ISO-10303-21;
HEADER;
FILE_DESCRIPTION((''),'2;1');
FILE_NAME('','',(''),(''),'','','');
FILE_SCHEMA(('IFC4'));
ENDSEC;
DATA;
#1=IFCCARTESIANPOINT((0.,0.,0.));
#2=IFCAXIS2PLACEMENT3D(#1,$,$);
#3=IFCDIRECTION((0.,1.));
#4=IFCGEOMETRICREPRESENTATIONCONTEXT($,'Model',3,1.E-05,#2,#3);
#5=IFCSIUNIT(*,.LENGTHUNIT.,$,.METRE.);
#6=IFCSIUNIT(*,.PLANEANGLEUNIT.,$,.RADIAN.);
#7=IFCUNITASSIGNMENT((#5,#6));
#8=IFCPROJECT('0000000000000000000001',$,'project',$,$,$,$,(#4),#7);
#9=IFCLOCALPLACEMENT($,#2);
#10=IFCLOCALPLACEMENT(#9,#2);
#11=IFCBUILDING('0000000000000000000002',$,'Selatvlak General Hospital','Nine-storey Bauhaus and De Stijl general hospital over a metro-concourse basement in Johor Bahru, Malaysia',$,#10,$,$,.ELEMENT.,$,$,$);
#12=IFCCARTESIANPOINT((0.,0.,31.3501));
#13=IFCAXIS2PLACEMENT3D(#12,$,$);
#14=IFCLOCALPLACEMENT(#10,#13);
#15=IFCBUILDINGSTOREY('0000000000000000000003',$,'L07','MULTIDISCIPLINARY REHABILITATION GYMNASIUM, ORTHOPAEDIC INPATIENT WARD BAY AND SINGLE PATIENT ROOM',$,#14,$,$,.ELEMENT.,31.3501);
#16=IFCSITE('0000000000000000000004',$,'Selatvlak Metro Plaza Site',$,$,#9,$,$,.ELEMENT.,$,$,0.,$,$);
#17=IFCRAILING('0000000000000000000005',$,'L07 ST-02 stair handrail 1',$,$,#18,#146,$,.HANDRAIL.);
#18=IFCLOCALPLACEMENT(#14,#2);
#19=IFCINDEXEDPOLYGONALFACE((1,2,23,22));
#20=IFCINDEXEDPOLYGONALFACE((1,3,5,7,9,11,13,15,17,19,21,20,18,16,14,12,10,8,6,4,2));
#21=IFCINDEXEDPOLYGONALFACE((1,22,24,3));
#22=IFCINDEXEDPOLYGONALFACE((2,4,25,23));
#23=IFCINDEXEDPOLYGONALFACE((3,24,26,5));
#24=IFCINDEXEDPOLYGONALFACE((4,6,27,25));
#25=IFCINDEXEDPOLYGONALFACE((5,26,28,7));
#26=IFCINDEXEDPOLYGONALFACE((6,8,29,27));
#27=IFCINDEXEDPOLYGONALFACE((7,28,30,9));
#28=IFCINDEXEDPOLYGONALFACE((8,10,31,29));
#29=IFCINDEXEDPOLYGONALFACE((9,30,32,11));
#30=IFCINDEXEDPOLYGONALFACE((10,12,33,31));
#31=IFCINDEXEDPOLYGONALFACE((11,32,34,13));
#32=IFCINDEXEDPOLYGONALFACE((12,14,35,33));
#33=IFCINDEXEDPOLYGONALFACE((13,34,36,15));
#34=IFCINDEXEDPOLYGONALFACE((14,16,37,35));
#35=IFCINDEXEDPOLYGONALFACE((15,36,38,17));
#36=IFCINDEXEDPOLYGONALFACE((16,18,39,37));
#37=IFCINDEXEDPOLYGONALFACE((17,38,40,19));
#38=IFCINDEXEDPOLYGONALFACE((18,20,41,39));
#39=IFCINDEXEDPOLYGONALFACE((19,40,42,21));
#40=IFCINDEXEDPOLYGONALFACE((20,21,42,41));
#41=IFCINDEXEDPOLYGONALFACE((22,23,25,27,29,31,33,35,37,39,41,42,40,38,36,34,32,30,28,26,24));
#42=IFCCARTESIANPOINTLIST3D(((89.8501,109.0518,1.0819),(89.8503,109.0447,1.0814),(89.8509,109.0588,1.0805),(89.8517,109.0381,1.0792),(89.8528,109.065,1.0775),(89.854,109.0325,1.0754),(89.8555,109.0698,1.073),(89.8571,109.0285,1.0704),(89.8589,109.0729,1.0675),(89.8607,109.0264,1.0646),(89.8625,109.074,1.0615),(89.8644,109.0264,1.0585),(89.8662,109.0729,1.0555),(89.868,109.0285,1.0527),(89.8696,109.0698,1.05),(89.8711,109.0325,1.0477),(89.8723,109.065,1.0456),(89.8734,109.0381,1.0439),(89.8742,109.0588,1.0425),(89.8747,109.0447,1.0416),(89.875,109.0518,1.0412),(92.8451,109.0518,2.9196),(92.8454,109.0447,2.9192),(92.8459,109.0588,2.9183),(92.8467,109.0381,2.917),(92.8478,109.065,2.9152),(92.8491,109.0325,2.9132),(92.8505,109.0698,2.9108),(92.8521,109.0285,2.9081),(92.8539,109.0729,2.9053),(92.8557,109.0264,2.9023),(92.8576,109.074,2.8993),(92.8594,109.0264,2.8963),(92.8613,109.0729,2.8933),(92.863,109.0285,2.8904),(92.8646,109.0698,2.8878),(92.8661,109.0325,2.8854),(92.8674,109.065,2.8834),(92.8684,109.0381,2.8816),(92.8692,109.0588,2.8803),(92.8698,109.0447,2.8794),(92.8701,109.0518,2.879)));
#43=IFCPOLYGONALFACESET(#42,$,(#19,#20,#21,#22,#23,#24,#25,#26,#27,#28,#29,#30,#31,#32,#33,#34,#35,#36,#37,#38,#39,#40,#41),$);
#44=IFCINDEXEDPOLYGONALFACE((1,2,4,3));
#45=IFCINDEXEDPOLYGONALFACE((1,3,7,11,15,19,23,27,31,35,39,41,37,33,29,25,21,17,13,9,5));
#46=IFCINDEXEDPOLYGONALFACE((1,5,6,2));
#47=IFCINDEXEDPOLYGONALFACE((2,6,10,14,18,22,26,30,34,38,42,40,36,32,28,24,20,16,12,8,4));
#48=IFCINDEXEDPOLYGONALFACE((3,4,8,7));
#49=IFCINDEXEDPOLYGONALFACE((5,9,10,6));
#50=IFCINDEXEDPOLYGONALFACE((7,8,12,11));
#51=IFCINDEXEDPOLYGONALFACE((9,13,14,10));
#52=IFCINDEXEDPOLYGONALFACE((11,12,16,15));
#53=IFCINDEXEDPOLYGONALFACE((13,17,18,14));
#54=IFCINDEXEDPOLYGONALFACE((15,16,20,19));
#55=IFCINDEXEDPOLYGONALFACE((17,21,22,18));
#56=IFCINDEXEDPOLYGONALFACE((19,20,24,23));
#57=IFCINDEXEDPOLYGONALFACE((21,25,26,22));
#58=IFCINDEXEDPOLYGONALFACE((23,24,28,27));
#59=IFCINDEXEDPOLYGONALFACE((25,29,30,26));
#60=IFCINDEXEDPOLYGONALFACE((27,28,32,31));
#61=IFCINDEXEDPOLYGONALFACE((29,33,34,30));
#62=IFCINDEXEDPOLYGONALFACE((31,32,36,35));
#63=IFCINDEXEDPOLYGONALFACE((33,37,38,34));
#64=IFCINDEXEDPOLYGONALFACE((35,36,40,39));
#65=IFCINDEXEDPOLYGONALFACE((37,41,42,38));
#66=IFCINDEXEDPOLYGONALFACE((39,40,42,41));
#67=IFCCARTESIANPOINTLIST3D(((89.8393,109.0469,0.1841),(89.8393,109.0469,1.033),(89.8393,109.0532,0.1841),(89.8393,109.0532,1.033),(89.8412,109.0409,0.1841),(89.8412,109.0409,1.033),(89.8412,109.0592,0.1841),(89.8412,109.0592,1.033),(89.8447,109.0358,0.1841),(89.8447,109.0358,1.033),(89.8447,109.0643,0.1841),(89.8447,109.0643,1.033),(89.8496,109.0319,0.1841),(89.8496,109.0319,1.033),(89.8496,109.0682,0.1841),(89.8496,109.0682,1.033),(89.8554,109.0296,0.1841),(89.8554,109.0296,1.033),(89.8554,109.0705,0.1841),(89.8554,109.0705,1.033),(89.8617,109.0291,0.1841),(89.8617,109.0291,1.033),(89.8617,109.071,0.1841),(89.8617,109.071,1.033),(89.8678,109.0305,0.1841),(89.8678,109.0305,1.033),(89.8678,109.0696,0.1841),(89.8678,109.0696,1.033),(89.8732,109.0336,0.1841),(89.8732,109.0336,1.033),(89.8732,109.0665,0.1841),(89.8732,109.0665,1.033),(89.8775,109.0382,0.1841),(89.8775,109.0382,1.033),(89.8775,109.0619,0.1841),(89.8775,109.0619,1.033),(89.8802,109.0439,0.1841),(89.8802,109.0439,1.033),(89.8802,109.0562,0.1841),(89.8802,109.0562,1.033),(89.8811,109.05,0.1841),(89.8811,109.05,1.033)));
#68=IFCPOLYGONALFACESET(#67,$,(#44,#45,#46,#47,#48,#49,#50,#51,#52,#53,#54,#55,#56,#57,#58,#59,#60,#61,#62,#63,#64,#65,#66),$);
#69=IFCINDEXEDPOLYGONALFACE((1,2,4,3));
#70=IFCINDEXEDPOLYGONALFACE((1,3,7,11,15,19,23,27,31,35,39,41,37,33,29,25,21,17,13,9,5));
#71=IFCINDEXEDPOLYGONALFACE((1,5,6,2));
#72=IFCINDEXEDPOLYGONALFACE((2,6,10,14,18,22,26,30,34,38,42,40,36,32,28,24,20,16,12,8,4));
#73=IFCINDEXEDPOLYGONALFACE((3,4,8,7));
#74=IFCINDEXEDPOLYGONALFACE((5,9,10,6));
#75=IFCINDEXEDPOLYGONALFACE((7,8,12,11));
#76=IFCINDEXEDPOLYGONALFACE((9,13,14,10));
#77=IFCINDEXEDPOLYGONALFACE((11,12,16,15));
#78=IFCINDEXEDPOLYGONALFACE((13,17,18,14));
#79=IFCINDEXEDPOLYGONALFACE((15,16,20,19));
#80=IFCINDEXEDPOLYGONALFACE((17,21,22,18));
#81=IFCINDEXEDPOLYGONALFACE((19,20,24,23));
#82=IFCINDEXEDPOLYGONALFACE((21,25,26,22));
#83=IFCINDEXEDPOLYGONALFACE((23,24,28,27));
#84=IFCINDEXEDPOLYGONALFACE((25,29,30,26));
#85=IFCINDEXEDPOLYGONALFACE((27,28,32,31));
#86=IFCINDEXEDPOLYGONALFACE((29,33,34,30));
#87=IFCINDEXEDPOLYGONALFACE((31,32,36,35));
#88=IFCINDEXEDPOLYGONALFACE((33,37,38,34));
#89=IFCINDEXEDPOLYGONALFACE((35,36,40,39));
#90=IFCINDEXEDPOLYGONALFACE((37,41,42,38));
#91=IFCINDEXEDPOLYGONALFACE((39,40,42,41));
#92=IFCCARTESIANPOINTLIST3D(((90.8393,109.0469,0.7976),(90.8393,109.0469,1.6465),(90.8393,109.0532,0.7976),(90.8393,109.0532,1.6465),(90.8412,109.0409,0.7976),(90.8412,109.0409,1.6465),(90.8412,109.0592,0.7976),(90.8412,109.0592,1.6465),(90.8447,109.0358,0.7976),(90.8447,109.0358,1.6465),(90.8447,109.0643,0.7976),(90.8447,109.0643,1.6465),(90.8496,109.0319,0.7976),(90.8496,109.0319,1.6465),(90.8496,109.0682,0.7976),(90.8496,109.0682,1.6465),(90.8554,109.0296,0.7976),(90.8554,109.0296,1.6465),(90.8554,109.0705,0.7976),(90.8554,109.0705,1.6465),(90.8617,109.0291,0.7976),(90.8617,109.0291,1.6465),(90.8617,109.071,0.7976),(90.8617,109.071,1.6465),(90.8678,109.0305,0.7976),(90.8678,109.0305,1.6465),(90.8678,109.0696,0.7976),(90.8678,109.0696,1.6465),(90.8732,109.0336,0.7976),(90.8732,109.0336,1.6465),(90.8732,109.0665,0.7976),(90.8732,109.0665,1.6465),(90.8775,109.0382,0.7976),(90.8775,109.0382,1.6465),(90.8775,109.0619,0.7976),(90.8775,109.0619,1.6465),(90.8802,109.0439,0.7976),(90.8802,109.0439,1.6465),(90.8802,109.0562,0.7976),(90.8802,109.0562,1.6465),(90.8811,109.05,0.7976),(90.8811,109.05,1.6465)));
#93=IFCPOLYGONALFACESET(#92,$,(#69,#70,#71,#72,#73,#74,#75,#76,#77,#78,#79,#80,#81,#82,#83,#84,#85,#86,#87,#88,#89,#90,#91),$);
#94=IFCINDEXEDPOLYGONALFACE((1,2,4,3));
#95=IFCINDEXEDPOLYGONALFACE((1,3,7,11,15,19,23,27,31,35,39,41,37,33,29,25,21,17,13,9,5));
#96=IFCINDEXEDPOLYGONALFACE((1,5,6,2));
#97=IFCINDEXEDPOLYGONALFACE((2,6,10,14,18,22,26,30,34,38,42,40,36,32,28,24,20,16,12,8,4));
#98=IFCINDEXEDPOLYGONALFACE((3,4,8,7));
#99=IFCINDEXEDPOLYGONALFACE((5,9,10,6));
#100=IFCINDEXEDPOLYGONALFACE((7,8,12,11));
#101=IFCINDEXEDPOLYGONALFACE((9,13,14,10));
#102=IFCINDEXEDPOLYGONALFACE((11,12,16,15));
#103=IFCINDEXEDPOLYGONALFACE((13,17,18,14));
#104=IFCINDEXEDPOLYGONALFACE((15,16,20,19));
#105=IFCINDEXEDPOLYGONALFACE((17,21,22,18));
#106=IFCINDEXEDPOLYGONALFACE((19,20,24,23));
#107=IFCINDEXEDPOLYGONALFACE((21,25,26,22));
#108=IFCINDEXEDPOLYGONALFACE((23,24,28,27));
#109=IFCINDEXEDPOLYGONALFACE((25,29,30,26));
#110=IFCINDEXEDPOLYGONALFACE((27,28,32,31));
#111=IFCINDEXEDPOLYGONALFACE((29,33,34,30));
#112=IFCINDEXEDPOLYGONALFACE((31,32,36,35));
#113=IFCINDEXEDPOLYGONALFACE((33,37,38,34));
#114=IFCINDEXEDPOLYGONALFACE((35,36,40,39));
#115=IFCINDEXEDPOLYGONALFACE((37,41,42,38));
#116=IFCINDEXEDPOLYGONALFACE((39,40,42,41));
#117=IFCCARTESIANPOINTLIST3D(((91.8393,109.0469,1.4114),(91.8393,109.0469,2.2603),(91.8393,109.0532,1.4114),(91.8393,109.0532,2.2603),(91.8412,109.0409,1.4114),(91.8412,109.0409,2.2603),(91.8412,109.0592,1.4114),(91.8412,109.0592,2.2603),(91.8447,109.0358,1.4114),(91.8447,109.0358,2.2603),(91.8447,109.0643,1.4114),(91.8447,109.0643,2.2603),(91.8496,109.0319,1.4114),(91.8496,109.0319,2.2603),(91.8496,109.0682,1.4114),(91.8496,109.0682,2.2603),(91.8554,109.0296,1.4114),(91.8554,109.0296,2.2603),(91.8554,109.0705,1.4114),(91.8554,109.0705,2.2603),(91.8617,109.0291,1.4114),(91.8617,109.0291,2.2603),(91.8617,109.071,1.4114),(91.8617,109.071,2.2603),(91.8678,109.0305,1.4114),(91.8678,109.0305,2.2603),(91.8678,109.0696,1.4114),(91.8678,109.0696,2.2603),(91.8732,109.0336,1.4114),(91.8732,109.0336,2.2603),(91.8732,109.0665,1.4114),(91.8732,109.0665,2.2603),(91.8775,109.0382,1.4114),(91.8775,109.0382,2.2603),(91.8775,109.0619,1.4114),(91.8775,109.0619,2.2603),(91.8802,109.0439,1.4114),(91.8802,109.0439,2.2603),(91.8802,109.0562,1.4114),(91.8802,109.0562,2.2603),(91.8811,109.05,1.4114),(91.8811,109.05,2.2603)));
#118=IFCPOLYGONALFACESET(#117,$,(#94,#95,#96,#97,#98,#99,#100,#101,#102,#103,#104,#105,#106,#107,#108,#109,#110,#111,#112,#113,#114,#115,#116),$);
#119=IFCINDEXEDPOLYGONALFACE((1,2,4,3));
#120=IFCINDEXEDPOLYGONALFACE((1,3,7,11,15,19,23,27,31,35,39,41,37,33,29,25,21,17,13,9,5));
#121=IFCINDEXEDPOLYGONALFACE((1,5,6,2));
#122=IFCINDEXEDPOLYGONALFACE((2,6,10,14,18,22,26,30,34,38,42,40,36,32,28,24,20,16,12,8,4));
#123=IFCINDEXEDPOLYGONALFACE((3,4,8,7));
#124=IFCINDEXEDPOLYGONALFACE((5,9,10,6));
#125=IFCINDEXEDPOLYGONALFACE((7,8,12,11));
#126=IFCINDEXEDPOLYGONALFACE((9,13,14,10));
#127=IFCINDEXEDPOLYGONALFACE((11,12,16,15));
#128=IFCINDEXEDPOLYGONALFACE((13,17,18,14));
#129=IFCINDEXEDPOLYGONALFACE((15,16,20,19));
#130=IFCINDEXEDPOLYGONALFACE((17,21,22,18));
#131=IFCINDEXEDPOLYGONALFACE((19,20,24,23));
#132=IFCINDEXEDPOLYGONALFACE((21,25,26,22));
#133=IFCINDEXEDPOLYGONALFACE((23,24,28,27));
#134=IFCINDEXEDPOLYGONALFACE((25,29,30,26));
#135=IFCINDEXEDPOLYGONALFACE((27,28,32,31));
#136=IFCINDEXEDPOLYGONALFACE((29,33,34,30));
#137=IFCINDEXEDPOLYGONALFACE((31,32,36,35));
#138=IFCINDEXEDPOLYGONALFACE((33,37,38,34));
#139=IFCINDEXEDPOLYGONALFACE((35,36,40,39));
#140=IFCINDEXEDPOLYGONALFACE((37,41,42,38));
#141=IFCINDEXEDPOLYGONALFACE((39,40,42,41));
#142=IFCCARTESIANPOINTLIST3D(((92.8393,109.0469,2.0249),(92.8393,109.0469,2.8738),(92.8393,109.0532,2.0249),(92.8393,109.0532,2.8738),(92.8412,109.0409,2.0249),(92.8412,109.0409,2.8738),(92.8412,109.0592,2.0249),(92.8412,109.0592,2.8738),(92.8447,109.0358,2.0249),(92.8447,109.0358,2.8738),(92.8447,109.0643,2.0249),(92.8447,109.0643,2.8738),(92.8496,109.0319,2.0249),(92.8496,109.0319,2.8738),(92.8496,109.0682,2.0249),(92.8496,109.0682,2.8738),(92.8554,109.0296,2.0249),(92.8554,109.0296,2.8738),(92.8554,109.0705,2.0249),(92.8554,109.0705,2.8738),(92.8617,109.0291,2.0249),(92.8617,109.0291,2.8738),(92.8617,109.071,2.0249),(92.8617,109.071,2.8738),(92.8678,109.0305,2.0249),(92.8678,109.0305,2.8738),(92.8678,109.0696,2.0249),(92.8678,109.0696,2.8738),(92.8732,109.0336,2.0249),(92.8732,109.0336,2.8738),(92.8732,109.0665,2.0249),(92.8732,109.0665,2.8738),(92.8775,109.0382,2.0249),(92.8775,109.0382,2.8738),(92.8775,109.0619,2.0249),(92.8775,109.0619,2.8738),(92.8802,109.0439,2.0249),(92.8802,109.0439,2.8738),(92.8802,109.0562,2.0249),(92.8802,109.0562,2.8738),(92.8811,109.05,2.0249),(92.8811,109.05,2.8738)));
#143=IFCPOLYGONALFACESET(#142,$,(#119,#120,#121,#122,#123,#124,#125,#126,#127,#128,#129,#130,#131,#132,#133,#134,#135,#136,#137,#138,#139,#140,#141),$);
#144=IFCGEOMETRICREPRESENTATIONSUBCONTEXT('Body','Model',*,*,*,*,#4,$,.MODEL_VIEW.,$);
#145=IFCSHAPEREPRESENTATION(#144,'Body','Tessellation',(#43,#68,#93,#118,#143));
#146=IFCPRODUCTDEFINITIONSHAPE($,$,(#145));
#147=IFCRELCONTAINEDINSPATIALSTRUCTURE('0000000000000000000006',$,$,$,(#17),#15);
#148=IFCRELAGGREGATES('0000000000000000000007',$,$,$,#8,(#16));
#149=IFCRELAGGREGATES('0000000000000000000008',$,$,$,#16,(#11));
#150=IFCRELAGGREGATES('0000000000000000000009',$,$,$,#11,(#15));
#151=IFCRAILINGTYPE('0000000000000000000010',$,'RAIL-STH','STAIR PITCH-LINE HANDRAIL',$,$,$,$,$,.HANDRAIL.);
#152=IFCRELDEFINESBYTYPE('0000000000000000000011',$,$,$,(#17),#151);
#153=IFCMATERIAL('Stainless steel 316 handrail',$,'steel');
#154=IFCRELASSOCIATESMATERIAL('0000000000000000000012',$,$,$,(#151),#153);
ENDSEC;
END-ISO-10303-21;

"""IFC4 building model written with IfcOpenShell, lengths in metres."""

from ifc_helpers import new_model, si_unit, direction, frame, origin, origin_2d, place, context, subcontext, project, spatial, circle, extrude, material, type_object, element, save


model = new_model("IFC4")

# Units and contexts
model_context = context("Model", 3, precision=1e-05, world=origin(), true_north=direction((0.0, 1.0)))
body_context = subcontext(model_context, "Body", "Model", "MODEL_VIEW")
ifc_project = project(units=[si_unit("LENGTHUNIT", "METRE"), si_unit("PLANEANGLEUNIT", "RADIAN")], contexts=[model_context])

# Site, building, storey
site_placement = place(None, origin())
site = spatial("IfcSite", under=ifc_project, at=site_placement, Name="Selatvlak Metro Plaza Site", CompositionType="ELEMENT", RefElevation=0.0)
building_placement = place(site_placement, origin())
building = spatial("IfcBuilding", under=site, at=building_placement, Name="Selatvlak General Hospital", Description="Nine-storey Bauhaus and De Stijl general hospital over a metro-concourse basement in Johor Bahru, Malaysia", CompositionType="ELEMENT")
storey_placement = place(building_placement, frame((0.0, 0.0, 31.3501)))
storey = spatial("IfcBuildingStorey", under=building, at=storey_placement, Name="L07", Description="MULTIDISCIPLINARY REHABILITATION GYMNASIUM, ORTHOPAEDIC INPATIENT WARD BAY AND SINGLE PATIENT ROOM", CompositionType="ELEMENT", Elevation=31.3501)

# Railing
ifc_material_1 = material(Name="Stainless steel 316 handrail", Category="steel")
railing_type_1 = type_object("IfcRailingType", Name="RAIL-STH", Description="STAIR PITCH-LINE HANDRAIL", PredefinedType="HANDRAIL", material=ifc_material_1)
railing_1_placement = place(storey_placement, frame((89.8601, 109.05, 0.1841)))
element("IfcRailing", 1, at=railing_1_placement, inside=storey, type_object=railing_type_1, Name="L07 ST-02 stair handrail 1", PredefinedType="HANDRAIL", context=body_context, shape_type="SweptSolid", body=[
    extrude(circle(Radius=0.0239, at=origin_2d()), frame((0.0024, 0.0, 0.8774), z_axis=(0.852334, 0.0, 0.522998), x_axis=(0.0, 1.0, 0.0)), (0.0, 0.0, 1.0), 3.5139),
    extrude(circle(Radius=0.021, at=origin_2d()), origin(), (0.0, 0.0, 1.0), 0.8489),
    extrude(circle(Radius=0.021, at=origin_2d()), frame((1.0, 0.0, 0.6135)), (0.0, 0.0, 1.0), 0.8489),
    extrude(circle(Radius=0.021, at=origin_2d()), frame((2.0, 0.0, 1.2273)), (0.0, 0.0, 1.0), 0.8489),
    extrude(circle(Radius=0.021, at=origin_2d()), frame((3.0, 0.0, 1.8408)), (0.0, 0.0, 1.0), 0.8489),
])

save(model, "model.ifc")
